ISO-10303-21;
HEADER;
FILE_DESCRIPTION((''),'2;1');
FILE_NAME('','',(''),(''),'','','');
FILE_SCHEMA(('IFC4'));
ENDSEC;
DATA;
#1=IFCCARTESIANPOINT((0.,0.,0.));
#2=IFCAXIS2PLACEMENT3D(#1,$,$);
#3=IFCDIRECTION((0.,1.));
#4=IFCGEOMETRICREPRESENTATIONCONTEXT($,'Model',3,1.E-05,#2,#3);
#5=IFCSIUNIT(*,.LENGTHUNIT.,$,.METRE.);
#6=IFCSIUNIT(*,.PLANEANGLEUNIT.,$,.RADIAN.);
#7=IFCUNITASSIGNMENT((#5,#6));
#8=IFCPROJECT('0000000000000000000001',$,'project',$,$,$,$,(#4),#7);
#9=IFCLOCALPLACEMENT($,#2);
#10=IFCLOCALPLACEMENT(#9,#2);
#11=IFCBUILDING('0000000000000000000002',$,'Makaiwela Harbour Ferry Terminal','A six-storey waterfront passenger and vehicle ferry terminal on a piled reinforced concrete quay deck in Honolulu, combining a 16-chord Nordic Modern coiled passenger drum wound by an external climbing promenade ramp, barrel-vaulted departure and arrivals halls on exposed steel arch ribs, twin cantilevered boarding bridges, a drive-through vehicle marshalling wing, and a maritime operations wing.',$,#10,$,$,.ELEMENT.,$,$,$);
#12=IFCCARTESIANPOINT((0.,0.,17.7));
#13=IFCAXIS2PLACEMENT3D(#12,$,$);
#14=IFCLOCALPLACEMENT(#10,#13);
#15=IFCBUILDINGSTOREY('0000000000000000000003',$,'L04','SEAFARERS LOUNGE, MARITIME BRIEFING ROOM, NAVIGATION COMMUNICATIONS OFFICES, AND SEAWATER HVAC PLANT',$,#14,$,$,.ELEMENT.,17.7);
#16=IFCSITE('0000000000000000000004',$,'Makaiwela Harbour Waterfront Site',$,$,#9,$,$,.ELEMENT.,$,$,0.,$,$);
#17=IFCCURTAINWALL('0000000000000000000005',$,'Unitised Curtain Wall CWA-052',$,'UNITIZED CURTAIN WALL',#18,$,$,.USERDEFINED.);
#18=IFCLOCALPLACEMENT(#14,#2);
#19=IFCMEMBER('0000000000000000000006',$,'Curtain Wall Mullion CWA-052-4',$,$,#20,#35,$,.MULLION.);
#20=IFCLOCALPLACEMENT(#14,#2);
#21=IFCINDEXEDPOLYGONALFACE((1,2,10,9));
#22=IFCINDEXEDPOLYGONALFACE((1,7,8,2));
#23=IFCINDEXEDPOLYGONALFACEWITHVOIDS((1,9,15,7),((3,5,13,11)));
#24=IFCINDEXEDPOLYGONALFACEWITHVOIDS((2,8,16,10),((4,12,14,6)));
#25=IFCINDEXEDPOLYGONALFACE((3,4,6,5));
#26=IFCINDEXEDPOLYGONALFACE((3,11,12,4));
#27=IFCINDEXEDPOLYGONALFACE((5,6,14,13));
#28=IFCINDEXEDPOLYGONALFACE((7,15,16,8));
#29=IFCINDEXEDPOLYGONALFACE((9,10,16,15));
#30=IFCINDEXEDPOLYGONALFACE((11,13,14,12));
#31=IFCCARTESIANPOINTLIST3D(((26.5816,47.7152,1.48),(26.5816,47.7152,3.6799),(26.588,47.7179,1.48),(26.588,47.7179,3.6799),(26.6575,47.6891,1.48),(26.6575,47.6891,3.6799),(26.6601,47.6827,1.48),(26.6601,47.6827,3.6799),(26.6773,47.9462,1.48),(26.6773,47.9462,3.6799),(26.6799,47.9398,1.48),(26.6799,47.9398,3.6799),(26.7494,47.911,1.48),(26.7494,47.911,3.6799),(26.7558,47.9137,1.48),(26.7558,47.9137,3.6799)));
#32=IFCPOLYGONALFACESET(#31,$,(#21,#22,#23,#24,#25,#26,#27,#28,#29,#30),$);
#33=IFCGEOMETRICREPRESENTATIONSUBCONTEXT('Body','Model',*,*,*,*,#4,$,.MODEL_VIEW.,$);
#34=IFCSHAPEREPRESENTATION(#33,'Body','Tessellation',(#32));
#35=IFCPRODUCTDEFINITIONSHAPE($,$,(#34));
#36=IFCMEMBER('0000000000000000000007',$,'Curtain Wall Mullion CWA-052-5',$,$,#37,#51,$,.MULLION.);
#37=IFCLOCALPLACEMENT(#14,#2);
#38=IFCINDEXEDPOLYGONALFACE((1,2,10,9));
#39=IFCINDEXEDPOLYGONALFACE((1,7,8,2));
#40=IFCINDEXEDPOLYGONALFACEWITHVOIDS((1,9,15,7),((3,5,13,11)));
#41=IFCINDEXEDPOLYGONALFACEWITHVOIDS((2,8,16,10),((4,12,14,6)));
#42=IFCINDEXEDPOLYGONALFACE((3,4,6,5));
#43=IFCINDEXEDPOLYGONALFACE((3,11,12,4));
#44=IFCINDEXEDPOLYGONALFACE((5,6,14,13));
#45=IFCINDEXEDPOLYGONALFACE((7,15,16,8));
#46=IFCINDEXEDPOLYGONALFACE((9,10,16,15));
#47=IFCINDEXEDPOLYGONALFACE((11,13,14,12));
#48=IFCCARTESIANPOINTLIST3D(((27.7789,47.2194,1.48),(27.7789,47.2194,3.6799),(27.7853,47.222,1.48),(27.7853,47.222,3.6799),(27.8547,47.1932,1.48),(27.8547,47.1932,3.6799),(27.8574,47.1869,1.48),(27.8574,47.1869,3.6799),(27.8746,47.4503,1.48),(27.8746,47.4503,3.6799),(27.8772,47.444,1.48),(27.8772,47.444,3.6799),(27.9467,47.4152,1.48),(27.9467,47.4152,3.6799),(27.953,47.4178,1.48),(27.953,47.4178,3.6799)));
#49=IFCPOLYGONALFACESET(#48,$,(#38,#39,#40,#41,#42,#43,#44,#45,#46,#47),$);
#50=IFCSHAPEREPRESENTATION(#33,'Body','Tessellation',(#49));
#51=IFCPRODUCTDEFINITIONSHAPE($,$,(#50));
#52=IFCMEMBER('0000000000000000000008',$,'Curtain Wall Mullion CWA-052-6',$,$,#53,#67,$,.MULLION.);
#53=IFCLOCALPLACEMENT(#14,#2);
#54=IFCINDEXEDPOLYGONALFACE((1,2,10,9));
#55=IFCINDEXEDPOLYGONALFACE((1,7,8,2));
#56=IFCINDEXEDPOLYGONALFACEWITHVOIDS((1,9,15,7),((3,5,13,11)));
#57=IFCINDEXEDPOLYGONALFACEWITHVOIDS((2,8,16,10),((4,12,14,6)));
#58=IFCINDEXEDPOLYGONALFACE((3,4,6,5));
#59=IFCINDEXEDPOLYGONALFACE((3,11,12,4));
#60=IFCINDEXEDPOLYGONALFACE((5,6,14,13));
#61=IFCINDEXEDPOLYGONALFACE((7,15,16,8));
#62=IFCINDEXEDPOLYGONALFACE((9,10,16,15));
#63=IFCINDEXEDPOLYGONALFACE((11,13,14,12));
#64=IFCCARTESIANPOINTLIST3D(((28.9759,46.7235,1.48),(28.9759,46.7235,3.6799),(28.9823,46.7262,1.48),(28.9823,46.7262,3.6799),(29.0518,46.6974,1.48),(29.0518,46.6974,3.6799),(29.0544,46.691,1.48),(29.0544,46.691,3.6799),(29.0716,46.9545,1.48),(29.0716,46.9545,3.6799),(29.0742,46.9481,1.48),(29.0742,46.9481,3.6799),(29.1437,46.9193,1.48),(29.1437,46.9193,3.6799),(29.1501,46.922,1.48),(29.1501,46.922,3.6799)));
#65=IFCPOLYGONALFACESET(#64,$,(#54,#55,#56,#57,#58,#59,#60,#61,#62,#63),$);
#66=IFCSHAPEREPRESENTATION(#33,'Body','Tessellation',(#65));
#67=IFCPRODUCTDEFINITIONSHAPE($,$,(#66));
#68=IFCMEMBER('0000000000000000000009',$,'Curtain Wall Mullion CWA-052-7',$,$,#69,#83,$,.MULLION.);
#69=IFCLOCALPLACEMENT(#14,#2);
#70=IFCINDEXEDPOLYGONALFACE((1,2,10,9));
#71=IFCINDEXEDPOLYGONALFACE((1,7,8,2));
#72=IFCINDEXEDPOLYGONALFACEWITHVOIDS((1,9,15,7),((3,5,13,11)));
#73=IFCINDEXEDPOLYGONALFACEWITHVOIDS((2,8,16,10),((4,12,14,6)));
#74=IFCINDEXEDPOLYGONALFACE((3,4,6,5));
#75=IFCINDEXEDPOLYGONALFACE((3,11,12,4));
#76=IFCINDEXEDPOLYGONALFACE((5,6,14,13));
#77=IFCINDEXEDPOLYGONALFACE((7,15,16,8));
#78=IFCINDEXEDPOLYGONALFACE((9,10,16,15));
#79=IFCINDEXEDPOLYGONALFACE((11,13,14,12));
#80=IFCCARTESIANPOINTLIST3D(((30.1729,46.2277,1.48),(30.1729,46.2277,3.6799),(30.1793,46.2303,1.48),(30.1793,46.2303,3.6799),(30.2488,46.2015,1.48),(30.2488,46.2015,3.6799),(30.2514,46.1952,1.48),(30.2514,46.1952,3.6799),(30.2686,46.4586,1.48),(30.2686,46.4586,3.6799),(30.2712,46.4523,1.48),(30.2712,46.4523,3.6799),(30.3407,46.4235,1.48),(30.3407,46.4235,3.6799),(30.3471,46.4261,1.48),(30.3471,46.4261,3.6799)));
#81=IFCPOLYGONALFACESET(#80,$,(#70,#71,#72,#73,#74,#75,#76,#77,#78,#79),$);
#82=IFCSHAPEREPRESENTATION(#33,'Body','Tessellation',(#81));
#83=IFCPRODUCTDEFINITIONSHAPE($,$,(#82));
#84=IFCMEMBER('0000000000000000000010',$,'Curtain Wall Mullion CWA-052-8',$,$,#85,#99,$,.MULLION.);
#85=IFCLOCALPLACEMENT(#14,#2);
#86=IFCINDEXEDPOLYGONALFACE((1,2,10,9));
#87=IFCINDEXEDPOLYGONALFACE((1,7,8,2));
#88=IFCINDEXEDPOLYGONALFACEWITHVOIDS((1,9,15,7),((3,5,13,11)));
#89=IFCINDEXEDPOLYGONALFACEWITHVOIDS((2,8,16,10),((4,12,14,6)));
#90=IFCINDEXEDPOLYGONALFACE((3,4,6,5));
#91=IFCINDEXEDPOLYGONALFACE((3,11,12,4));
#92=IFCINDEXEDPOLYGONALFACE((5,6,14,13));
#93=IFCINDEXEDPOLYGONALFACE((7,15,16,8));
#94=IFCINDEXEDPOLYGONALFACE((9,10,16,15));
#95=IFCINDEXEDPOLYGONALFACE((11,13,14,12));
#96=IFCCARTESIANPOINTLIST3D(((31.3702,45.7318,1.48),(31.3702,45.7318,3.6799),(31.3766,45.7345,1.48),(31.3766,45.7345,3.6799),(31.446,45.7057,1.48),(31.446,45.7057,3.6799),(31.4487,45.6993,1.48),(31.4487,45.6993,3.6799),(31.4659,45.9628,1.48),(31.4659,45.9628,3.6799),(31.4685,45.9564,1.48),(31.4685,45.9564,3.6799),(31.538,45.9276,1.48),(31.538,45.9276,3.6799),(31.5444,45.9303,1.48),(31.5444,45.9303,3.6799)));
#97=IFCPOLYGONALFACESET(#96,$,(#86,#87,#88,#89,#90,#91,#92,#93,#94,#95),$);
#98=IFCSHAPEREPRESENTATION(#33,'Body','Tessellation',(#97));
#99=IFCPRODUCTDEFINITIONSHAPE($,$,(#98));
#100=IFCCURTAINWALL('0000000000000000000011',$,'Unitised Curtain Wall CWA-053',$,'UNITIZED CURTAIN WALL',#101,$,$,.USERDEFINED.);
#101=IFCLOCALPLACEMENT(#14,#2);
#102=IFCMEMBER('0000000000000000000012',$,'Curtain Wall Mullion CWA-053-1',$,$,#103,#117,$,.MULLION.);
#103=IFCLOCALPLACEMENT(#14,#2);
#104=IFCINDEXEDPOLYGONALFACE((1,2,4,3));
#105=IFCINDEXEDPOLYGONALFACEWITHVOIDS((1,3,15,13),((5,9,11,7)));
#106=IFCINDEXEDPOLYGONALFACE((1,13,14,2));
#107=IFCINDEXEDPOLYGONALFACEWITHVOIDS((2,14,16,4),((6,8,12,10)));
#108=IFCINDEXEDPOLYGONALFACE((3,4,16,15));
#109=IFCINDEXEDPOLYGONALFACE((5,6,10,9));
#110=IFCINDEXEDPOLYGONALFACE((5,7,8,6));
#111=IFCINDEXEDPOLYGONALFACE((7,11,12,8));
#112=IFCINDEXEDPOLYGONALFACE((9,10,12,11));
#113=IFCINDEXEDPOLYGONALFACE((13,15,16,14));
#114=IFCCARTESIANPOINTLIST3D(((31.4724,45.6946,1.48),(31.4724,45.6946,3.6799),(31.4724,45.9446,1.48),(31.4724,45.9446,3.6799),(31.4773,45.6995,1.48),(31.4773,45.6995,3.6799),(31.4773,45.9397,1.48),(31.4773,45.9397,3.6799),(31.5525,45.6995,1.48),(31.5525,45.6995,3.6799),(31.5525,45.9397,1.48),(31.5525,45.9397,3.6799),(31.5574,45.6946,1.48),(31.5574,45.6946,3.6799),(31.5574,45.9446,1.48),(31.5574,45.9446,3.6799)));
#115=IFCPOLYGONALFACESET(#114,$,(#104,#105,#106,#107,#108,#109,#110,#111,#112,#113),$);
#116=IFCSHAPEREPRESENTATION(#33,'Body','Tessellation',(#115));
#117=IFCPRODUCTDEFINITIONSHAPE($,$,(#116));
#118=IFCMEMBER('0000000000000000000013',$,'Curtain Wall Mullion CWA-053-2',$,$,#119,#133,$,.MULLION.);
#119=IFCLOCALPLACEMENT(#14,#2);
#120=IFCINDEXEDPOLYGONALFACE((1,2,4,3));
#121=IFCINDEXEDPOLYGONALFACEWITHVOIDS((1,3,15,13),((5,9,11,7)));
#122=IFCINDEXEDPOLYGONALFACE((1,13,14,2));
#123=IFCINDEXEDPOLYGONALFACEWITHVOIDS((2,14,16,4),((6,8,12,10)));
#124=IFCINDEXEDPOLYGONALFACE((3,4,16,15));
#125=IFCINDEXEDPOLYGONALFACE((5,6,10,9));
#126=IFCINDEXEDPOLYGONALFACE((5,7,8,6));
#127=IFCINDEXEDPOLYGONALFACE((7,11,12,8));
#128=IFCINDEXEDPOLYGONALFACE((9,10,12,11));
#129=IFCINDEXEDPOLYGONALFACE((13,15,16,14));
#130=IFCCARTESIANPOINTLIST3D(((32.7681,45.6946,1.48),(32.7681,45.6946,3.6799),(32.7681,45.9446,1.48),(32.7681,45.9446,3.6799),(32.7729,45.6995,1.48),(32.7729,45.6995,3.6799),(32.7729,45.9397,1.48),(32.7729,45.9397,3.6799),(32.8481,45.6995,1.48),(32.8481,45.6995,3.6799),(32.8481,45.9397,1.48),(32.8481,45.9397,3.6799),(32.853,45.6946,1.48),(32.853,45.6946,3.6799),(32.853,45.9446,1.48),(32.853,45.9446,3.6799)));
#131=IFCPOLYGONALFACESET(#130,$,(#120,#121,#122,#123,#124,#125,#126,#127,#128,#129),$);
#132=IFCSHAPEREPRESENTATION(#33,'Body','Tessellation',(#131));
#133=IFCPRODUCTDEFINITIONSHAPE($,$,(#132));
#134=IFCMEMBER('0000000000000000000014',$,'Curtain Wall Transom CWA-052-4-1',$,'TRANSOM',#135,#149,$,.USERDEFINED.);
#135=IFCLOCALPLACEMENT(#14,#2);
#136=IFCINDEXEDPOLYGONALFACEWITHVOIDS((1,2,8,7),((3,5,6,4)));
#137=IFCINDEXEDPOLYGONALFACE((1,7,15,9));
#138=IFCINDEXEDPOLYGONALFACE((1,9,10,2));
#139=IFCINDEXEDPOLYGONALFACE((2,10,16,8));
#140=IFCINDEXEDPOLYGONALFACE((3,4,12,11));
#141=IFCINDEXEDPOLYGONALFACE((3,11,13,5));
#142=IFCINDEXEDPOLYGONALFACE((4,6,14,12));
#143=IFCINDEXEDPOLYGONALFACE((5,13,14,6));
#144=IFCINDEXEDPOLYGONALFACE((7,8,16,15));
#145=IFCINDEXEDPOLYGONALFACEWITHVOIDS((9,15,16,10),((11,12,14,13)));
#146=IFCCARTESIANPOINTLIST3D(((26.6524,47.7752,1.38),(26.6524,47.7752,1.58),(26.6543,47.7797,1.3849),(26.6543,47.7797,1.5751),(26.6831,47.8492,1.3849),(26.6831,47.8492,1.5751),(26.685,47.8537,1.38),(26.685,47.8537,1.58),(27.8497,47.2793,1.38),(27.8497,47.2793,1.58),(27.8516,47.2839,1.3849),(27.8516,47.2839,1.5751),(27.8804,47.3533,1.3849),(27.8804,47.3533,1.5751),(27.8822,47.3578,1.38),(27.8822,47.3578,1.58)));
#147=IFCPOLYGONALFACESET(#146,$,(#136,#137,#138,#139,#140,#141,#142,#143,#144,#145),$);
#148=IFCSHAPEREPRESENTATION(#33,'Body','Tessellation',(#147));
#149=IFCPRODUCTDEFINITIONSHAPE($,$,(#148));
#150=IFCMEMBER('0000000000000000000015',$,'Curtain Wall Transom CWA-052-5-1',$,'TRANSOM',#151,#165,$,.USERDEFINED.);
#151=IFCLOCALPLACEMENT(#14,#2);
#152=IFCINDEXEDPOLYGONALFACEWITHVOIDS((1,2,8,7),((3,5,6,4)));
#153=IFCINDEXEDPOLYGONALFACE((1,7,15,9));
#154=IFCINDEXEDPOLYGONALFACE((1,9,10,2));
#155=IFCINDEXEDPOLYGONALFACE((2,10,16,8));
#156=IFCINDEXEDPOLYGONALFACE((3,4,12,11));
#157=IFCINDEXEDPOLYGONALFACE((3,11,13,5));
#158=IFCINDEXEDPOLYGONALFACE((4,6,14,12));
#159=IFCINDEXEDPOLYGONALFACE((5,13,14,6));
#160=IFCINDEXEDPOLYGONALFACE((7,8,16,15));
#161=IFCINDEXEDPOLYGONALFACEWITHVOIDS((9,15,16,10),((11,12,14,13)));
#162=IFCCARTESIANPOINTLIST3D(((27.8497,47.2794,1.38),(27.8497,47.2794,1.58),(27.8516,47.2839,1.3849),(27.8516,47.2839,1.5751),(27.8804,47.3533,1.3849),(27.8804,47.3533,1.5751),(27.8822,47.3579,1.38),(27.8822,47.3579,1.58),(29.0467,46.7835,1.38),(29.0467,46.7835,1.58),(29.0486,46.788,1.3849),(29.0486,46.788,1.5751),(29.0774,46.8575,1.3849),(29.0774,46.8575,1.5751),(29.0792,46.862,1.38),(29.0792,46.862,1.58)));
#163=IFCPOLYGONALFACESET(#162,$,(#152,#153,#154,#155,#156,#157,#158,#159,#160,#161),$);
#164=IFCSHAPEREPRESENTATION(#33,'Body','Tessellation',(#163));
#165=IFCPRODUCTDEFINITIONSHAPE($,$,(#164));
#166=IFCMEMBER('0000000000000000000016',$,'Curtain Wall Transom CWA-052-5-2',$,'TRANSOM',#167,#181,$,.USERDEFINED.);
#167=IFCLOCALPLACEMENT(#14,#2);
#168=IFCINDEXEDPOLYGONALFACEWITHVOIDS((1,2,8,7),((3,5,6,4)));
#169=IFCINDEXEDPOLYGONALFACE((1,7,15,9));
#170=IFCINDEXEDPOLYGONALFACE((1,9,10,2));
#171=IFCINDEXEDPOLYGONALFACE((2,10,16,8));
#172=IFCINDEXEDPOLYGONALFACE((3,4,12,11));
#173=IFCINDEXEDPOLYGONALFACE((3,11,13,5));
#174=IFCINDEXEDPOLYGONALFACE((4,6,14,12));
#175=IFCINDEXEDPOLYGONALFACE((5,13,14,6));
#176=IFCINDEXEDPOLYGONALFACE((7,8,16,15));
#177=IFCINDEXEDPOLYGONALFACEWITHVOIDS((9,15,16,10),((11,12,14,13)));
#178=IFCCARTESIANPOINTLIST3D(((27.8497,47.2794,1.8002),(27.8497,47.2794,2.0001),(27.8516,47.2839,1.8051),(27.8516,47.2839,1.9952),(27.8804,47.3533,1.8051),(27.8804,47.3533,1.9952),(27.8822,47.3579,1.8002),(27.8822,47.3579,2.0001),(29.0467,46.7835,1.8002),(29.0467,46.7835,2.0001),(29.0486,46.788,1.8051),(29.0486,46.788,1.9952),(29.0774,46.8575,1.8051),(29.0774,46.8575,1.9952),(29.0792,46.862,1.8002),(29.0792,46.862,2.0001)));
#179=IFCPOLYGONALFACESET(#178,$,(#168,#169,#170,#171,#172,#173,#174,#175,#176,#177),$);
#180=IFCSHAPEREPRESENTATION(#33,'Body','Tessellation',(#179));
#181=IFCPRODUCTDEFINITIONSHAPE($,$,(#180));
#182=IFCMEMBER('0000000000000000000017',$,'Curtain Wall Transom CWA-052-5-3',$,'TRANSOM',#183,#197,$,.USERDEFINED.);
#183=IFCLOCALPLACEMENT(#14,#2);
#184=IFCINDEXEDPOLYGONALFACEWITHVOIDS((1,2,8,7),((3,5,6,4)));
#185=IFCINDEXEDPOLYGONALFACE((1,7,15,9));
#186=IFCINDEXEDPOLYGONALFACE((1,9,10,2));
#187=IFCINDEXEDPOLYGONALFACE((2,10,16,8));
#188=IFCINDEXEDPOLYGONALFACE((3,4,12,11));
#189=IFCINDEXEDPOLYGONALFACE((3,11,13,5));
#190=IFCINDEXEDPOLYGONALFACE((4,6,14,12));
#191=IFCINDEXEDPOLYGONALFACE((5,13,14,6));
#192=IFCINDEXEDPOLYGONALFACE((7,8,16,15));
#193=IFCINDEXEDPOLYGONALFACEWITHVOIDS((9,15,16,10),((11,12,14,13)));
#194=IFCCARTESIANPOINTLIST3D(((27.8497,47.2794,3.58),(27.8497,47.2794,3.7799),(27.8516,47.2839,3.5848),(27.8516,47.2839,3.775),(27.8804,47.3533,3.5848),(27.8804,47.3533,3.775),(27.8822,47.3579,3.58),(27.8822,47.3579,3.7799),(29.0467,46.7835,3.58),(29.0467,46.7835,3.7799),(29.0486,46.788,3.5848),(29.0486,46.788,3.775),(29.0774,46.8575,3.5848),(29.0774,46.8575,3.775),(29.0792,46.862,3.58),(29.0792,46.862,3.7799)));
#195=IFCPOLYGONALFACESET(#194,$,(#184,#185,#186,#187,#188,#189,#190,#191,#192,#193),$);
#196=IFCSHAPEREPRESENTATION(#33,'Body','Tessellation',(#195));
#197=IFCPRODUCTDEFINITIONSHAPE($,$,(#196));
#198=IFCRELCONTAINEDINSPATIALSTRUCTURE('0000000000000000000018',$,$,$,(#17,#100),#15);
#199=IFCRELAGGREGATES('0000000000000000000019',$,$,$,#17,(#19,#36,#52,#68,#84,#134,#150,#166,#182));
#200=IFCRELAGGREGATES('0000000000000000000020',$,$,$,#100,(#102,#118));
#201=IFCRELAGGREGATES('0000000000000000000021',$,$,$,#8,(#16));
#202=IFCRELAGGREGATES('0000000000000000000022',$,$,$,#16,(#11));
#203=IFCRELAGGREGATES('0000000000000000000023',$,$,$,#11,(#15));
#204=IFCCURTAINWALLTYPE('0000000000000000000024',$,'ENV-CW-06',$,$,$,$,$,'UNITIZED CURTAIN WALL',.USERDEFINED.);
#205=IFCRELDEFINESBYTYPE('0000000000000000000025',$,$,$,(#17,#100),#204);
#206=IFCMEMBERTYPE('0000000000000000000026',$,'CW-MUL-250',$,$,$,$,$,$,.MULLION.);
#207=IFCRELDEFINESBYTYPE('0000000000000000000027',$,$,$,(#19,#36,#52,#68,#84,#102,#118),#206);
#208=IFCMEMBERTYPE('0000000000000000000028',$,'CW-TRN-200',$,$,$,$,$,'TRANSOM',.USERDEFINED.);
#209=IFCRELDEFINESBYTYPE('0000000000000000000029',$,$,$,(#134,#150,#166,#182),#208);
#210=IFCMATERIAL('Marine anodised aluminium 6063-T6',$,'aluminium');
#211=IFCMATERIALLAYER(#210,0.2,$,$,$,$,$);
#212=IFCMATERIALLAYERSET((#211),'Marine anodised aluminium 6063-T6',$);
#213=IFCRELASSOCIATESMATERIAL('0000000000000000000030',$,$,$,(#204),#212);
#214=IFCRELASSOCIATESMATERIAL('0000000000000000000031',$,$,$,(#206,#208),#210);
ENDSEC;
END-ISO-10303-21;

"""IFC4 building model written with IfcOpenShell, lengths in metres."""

from ifc_helpers import new_model, si_unit, direction, frame, origin, origin_2d, place, context, subcontext, project, spatial, hollow_rectangle, extrude, material, layer, layer_set, material_profile, profile_set, type_object, element, aggregate, save


model = new_model("IFC4")

# Units and contexts
model_context = context("Model", 3, precision=1e-05, world=origin(), true_north=direction((0.0, 1.0)))
body_context = subcontext(model_context, "Body", "Model", "MODEL_VIEW")
ifc_project = project(units=[si_unit("LENGTHUNIT", "METRE"), si_unit("PLANEANGLEUNIT", "RADIAN")], contexts=[model_context])

# Site, building, storey
site_placement = place(None, origin())
site = spatial("IfcSite", under=ifc_project, at=site_placement, Name="Makaiwela Harbour Waterfront Site", CompositionType="ELEMENT", RefElevation=0.0)
building_placement = place(site_placement, origin())
building = spatial("IfcBuilding", under=site, at=building_placement, Name="Makaiwela Harbour Ferry Terminal", Description="A six-storey waterfront passenger and vehicle ferry terminal on a piled reinforced concrete quay deck in Honolulu, combining a 16-chord Nordic Modern coiled passenger drum wound by an external climbing promenade ramp, barrel-vaulted departure and arrivals halls on exposed steel arch ribs, twin cantilevered boarding bridges, a drive-through vehicle marshalling wing, and a maritime operations wing.", CompositionType="ELEMENT")
storey_placement = place(building_placement, frame((0.0, 0.0, 17.7)))
storey = spatial("IfcBuildingStorey", under=building, at=storey_placement, Name="L04", Description="SEAFARERS LOUNGE, MARITIME BRIEFING ROOM, NAVIGATION COMMUNICATIONS OFFICES, AND SEAWATER HVAC PLANT", CompositionType="ELEMENT", Elevation=17.7)

# Curtain walls, members
ifc_material_1 = material(Name="Marine anodised aluminium 6063-T6", Category="aluminium")
ifc_layer_1 = layer(ifc_material_1, 0.2)
ifc_layer_set_1 = layer_set([ifc_layer_1], Name="Marine anodised aluminium 6063-T6")
curtain_wall_type = type_object("IfcCurtainWallType", Name="ENV-CW-06", ElementType="UNITIZED CURTAIN WALL", PredefinedType="USERDEFINED", material=ifc_layer_set_1)
curtain_wall_1_placement = place(storey_placement, origin())
curtain_wall_1 = element("IfcCurtainWall", 1, at=curtain_wall_1_placement, inside=storey, type_object=curtain_wall_type, Name="Unitised Curtain Wall CWA-052", ObjectType="UNITIZED CURTAIN WALL", PredefinedType="USERDEFINED")
ifc_material_profile_1 = material_profile(ifc_material_1, hollow_rectangle(XDim=0.085, YDim=0.25, WallThickness=0.0049, at=origin_2d()), Name="CWM-250X85")
ifc_profile_set_1 = profile_set([ifc_material_profile_1], Name="Marine anodised aluminium 6063-T6")
member_type_1 = type_object("IfcMemberType", Name="CW-MUL-250", PredefinedType="MULLION", material=ifc_profile_set_1)
member_1_placement = place(storey_placement, frame((26.6687, 47.8145, 1.48), z_axis=(0.0, 0.0, 1.0), x_axis=(-0.92388, 0.382683, 0.0)))
member_1 = element("IfcMember", 2, at=member_1_placement, type_object=member_type_1, Name="Curtain Wall Mullion CWA-052-4", PredefinedType="MULLION", context=body_context, shape_type="SweptSolid", body=[
    extrude(hollow_rectangle(XDim=0.085, YDim=0.25, WallThickness=0.0049, at=origin_2d()), origin(), (0.0, 0.0, 1.0), 2.2),
])
member_2_placement = place(storey_placement, frame((27.866, 47.3186, 1.48), z_axis=(0.0, 0.0, 1.0), x_axis=(-0.92388, 0.382683, 0.0)))
member_2 = element("IfcMember", 3, at=member_2_placement, type_object=member_type_1, Name="Curtain Wall Mullion CWA-052-5", PredefinedType="MULLION", context=body_context, shape_type="SweptSolid", body=[
    extrude(hollow_rectangle(XDim=0.085, YDim=0.25, WallThickness=0.0049, at=origin_2d()), origin(), (0.0, 0.0, 1.0), 2.2),
])
member_3_placement = place(storey_placement, frame((29.063, 46.8228, 1.48), z_axis=(0.0, 0.0, 1.0), x_axis=(-0.92388, 0.382683, 0.0)))
member_3 = element("IfcMember", 4, at=member_3_placement, type_object=member_type_1, Name="Curtain Wall Mullion CWA-052-6", PredefinedType="MULLION", context=body_context, shape_type="SweptSolid", body=[
    extrude(hollow_rectangle(XDim=0.085, YDim=0.25, WallThickness=0.0049, at=origin_2d()), origin(), (0.0, 0.0, 1.0), 2.2),
])
member_4_placement = place(storey_placement, frame((30.26, 46.3269, 1.48), z_axis=(0.0, 0.0, 1.0), x_axis=(-0.92388, 0.382683, 0.0)))
member_4 = element("IfcMember", 5, at=member_4_placement, type_object=member_type_1, Name="Curtain Wall Mullion CWA-052-7", PredefinedType="MULLION", context=body_context, shape_type="SweptSolid", body=[
    extrude(hollow_rectangle(XDim=0.085, YDim=0.25, WallThickness=0.0049, at=origin_2d()), origin(), (0.0, 0.0, 1.0), 2.2),
])
member_5_placement = place(storey_placement, frame((31.4573, 45.8311, 1.48), z_axis=(0.0, 0.0, 1.0), x_axis=(-0.92388, 0.382683, 0.0)))
member_5 = element("IfcMember", 6, at=member_5_placement, type_object=member_type_1, Name="Curtain Wall Mullion CWA-052-8", PredefinedType="MULLION", context=body_context, shape_type="SweptSolid", body=[
    extrude(hollow_rectangle(XDim=0.085, YDim=0.25, WallThickness=0.0049, at=origin_2d()), origin(), (0.0, 0.0, 1.0), 2.2),
])
curtain_wall_2_placement = place(storey_placement, origin())
curtain_wall_2 = element("IfcCurtainWall", 7, at=curtain_wall_2_placement, inside=storey, type_object=curtain_wall_type, Name="Unitised Curtain Wall CWA-053", ObjectType="UNITIZED CURTAIN WALL", PredefinedType="USERDEFINED")
member_6_placement = place(storey_placement, frame((31.5149, 45.8196, 1.48), z_axis=(0.0, 0.0, 1.0), x_axis=(1.0, 0.0, 0.0)))
member_6 = element("IfcMember", 8, at=member_6_placement, type_object=member_type_1, Name="Curtain Wall Mullion CWA-053-1", PredefinedType="MULLION", context=body_context, shape_type="SweptSolid", body=[
    extrude(hollow_rectangle(XDim=0.085, YDim=0.25, WallThickness=0.0049, at=origin_2d()), origin(), (0.0, 0.0, 1.0), 2.2),
])
member_7_placement = place(storey_placement, frame((32.8105, 45.8196, 1.48), z_axis=(0.0, 0.0, 1.0), x_axis=(1.0, 0.0, 0.0)))
member_7 = element("IfcMember", 9, at=member_7_placement, type_object=member_type_1, Name="Curtain Wall Mullion CWA-053-2", PredefinedType="MULLION", context=body_context, shape_type="SweptSolid", body=[
    extrude(hollow_rectangle(XDim=0.085, YDim=0.25, WallThickness=0.0049, at=origin_2d()), origin(), (0.0, 0.0, 1.0), 2.2),
])

# Members
ifc_material_profile_2 = material_profile(ifc_material_1, hollow_rectangle(XDim=0.085, YDim=0.2, WallThickness=0.0049, at=origin_2d()), Name="CWT-200X85")
ifc_profile_set_2 = profile_set([ifc_material_profile_2], Name="Marine anodised aluminium 6063-T6")
member_type_2 = type_object("IfcMemberType", Name="CW-TRN-200", ElementType="TRANSOM", PredefinedType="USERDEFINED", material=ifc_profile_set_2)
member_8_placement = place(storey_placement, frame((26.6687, 47.8145, 1.48), z_axis=(0.9239, -0.382635, 0.0), x_axis=(0.382635, 0.9239, 0.0)))
member_8 = element("IfcMember", 10, at=member_8_placement, type_object=member_type_2, Name="Curtain Wall Transom CWA-052-4-1", ObjectType="TRANSOM", PredefinedType="USERDEFINED", context=body_context, shape_type="SweptSolid", body=[
    extrude(hollow_rectangle(XDim=0.085, YDim=0.2, WallThickness=0.0049, at=origin_2d()), origin(), (0.0, 0.0, 1.0), 1.2959),
])
member_9_placement = place(storey_placement, frame((27.866, 47.3186, 1.48), z_axis=(0.923872, -0.382701, 0.0), x_axis=(0.382701, 0.923872, 0.0)))
member_9 = element("IfcMember", 11, at=member_9_placement, type_object=member_type_2, Name="Curtain Wall Transom CWA-052-5-1", ObjectType="TRANSOM", PredefinedType="USERDEFINED", context=body_context, shape_type="SweptSolid", body=[
    extrude(hollow_rectangle(XDim=0.085, YDim=0.2, WallThickness=0.0049, at=origin_2d()), origin(), (0.0, 0.0, 1.0), 1.2957),
])
member_10_placement = place(storey_placement, frame((27.866, 47.3186, 1.9001), z_axis=(0.923872, -0.382701, 0.0), x_axis=(0.382701, 0.923872, 0.0)))
member_10 = element("IfcMember", 12, at=member_10_placement, type_object=member_type_2, Name="Curtain Wall Transom CWA-052-5-2", ObjectType="TRANSOM", PredefinedType="USERDEFINED", context=body_context, shape_type="SweptSolid", body=[
    extrude(hollow_rectangle(XDim=0.085, YDim=0.2, WallThickness=0.0049, at=origin_2d()), origin(), (0.0, 0.0, 1.0), 1.2957),
])
member_11_placement = place(storey_placement, frame((27.866, 47.3186, 3.6799), z_axis=(0.923872, -0.382701, 0.0), x_axis=(0.382701, 0.923872, 0.0)))
member_11 = element("IfcMember", 13, at=member_11_placement, type_object=member_type_2, Name="Curtain Wall Transom CWA-052-5-3", ObjectType="TRANSOM", PredefinedType="USERDEFINED", context=body_context, shape_type="SweptSolid", body=[
    extrude(hollow_rectangle(XDim=0.085, YDim=0.2, WallThickness=0.0049, at=origin_2d()), origin(), (0.0, 0.0, 1.0), 1.2957),
])

aggregate(curtain_wall_1, [member_1, member_2, member_3, member_4, member_5, member_8, member_9, member_10, member_11])
aggregate(curtain_wall_2, [member_6, member_7])

save(model, "model.ifc")
